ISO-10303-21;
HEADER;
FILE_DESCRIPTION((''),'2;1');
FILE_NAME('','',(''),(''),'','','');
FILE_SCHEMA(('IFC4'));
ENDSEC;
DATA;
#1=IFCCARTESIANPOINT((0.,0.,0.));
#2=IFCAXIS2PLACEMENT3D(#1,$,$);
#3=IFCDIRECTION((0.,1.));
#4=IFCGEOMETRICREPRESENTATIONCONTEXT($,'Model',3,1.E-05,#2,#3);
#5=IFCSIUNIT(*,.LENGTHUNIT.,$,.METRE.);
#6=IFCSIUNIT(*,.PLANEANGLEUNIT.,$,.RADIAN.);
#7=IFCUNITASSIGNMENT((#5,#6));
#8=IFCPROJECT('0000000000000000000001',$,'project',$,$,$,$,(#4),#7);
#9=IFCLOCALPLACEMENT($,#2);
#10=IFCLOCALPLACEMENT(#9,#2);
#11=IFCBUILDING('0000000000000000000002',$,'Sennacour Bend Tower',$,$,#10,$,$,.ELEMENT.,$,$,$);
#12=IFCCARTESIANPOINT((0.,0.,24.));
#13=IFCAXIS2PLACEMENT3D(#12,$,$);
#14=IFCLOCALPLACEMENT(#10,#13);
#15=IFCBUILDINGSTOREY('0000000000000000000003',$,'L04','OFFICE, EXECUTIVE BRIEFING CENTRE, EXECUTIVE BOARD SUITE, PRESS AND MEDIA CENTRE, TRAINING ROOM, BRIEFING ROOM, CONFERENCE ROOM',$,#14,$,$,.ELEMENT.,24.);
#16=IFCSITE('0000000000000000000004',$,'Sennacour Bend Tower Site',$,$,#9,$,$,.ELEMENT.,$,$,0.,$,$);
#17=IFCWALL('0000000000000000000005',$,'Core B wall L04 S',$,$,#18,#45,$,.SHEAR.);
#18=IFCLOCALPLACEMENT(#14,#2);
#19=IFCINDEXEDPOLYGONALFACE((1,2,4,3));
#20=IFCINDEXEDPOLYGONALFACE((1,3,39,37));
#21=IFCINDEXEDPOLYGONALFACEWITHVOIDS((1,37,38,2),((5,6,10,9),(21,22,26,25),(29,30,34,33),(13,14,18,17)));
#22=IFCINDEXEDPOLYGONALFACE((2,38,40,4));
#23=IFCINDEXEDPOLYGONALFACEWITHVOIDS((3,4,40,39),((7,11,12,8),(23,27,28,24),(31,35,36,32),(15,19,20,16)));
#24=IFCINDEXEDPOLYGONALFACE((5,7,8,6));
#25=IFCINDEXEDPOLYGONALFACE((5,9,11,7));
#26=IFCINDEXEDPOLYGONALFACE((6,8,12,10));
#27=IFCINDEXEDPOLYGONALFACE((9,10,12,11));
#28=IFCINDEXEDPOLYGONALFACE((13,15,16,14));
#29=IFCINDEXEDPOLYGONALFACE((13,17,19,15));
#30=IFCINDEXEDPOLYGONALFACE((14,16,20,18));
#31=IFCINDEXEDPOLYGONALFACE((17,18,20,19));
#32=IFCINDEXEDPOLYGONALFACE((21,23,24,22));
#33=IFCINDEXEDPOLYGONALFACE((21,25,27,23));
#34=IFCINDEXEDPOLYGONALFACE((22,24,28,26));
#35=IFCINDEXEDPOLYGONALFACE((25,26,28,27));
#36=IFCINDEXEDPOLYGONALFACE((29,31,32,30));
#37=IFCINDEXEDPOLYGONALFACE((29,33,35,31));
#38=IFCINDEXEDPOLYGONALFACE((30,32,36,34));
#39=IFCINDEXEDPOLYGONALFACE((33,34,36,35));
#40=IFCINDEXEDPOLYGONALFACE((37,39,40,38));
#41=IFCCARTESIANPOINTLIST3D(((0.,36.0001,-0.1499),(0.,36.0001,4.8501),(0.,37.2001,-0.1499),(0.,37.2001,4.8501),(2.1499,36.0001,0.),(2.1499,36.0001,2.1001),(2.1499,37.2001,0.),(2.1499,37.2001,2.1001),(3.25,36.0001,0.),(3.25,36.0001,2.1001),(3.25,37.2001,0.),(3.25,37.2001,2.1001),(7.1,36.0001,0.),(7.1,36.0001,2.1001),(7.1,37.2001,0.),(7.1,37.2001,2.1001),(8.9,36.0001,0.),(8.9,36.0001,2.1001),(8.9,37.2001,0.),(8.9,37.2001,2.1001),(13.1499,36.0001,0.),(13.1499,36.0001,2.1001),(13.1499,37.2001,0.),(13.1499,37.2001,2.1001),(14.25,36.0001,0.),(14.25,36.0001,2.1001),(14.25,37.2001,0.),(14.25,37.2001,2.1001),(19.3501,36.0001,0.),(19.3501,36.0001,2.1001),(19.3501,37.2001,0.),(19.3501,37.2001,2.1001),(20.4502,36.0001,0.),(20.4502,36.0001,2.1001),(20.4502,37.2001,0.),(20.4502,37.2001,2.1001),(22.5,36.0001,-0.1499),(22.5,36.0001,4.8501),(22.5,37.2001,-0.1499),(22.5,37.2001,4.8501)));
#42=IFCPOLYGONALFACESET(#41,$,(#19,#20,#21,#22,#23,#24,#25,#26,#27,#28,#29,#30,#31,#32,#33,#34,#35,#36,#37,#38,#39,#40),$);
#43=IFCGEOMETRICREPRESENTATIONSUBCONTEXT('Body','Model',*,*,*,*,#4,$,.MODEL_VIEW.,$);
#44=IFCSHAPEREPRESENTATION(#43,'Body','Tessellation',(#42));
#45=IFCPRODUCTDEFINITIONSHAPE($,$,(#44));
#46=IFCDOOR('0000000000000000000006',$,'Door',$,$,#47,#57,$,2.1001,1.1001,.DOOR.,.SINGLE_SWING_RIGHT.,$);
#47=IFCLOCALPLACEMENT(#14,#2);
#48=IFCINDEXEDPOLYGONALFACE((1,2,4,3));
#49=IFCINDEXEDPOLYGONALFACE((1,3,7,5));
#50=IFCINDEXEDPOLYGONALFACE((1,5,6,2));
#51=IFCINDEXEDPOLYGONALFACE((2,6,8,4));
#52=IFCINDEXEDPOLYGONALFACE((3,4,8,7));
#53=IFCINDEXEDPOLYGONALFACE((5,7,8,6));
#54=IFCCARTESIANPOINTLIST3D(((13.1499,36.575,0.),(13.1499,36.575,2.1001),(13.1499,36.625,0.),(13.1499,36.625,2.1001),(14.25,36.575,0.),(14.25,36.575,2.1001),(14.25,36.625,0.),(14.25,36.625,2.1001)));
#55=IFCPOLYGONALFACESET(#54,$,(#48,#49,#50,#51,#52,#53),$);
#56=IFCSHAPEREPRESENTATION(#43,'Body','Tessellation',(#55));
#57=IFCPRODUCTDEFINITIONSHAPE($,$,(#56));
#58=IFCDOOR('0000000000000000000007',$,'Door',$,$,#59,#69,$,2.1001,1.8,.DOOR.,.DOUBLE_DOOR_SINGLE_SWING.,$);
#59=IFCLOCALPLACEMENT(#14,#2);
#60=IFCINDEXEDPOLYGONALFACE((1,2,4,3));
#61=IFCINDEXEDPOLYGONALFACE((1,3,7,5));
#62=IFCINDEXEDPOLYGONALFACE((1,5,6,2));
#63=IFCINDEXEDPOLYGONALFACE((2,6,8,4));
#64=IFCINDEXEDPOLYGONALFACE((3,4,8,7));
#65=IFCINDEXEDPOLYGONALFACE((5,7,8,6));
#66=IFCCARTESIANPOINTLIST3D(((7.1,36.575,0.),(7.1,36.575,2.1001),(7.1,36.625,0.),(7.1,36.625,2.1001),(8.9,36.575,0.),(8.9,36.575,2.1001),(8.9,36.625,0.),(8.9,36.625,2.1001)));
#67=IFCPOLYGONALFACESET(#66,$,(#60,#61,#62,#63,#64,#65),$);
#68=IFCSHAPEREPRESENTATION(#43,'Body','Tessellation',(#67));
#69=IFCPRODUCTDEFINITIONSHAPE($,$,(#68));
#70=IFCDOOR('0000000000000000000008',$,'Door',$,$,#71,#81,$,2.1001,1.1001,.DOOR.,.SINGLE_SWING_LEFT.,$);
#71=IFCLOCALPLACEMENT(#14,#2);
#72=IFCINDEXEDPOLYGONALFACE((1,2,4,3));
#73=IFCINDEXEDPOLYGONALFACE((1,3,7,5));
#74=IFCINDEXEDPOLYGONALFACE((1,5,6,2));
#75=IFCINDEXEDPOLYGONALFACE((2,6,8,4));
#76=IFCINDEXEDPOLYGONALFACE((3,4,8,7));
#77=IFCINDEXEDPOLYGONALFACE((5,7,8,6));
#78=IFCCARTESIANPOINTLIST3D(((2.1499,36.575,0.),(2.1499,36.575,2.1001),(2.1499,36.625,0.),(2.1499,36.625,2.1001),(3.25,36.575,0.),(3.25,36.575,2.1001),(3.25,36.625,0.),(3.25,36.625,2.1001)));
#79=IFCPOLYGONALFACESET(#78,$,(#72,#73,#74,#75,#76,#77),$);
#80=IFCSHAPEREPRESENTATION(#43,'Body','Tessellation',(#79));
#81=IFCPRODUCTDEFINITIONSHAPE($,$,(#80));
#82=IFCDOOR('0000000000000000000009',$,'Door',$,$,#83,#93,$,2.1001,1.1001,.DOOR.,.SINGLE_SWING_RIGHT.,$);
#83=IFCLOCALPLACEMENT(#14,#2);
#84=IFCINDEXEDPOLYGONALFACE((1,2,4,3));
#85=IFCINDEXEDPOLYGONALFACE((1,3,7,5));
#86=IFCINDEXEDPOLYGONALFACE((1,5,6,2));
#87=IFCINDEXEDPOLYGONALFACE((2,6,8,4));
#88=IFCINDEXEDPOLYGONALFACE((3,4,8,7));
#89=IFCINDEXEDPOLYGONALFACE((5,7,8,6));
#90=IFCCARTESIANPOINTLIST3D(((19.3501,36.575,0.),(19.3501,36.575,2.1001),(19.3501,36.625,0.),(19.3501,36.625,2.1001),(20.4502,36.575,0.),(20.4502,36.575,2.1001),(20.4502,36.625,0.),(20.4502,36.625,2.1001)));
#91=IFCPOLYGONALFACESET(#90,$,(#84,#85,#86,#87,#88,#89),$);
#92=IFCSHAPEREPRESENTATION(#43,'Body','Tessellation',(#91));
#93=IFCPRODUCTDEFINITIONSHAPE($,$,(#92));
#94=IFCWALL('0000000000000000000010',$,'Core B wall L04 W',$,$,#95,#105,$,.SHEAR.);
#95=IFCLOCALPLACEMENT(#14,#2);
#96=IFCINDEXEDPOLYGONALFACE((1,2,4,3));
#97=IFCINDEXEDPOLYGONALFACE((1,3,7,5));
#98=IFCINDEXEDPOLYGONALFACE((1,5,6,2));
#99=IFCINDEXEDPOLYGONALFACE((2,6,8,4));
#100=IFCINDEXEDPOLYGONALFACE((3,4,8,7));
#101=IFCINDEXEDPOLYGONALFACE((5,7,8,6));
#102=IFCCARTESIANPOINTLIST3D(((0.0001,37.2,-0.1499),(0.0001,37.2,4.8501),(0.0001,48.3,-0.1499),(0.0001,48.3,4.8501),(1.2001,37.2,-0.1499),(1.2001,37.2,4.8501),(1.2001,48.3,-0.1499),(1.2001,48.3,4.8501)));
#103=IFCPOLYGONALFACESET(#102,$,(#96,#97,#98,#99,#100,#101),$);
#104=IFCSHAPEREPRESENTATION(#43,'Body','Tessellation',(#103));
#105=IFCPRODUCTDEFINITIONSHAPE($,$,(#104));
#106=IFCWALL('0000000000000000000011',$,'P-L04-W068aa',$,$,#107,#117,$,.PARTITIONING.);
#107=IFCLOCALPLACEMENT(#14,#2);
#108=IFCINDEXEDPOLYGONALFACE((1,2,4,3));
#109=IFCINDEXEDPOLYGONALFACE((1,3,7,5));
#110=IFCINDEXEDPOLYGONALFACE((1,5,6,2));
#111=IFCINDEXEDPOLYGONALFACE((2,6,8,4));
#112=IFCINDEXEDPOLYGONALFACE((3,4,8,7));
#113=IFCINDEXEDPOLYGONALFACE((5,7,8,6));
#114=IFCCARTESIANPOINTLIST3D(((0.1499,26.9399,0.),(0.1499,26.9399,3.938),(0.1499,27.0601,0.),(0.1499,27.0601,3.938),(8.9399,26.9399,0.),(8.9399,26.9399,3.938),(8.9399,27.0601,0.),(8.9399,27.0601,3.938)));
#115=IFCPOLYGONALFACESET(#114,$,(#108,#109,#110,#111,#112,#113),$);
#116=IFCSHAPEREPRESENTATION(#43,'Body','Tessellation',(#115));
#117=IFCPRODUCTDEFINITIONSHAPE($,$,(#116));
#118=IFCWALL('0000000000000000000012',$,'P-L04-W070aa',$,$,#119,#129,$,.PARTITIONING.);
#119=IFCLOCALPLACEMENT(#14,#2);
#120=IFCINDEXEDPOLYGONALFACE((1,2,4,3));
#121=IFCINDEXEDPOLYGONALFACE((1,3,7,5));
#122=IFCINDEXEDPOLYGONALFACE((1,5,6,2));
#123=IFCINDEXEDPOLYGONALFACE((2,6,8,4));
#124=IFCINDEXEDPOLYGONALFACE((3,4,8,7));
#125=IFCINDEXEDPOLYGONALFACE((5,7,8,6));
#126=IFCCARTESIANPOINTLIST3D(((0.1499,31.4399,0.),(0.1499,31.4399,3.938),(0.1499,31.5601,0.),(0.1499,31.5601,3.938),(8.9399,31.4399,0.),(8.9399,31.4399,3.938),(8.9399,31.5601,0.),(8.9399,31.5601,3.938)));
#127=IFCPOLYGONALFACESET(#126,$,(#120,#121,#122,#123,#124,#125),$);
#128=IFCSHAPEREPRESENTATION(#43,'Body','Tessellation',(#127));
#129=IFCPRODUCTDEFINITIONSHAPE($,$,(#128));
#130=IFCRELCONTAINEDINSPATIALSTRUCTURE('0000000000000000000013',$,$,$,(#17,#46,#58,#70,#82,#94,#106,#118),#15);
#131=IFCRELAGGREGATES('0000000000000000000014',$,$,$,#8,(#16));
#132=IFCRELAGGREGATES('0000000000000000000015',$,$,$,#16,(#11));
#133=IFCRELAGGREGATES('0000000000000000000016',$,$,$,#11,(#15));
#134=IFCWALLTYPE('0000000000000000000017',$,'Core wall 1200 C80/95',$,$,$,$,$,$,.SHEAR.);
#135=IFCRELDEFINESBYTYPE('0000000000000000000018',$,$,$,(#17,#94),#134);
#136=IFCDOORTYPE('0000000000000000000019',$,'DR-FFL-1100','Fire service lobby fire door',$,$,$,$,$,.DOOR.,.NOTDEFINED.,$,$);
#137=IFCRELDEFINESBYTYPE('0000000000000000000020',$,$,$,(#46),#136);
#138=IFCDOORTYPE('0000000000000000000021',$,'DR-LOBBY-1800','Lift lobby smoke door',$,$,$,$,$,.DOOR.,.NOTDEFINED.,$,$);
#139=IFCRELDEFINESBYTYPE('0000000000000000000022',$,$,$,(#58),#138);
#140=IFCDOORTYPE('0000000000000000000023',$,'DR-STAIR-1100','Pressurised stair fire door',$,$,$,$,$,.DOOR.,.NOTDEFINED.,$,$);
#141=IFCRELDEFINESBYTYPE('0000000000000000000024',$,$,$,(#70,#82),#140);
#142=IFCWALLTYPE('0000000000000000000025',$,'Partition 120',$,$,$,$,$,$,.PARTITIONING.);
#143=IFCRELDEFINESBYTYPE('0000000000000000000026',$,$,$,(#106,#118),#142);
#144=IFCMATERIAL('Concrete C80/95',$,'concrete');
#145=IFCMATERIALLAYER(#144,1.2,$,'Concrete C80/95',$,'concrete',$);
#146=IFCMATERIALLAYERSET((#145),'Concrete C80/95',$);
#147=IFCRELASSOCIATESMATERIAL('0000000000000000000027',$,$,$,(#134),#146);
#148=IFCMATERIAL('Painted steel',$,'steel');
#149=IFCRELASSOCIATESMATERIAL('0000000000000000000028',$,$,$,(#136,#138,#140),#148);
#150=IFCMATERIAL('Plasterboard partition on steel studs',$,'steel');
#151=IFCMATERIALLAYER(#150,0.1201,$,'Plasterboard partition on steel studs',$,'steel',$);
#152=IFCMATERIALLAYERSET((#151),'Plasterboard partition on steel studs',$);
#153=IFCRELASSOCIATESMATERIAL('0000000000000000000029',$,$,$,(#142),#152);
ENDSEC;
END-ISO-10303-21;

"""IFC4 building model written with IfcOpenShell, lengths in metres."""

from ifc_helpers import new_model, si_unit, direction, frame, frame_2d, origin, place, context, subcontext, project, spatial, rectangle, extrude, material, layer, layer_set, type_object, element, fill, save


model = new_model("IFC4")

# Units and contexts
model_context = context("Model", 3, precision=1e-05, world=origin(), true_north=direction((0.0, 1.0)))
body_context = subcontext(model_context, "Body", "Model", "MODEL_VIEW")
ifc_project = project(units=[si_unit("LENGTHUNIT", "METRE"), si_unit("PLANEANGLEUNIT", "RADIAN")], contexts=[model_context])

# Site, building, storey
site_placement = place(None, origin())
site = spatial("IfcSite", under=ifc_project, at=site_placement, Name="Sennacour Bend Tower Site", CompositionType="ELEMENT", RefElevation=0.0)
building_placement = place(site_placement, origin())
building = spatial("IfcBuilding", under=site, at=building_placement, Name="Sennacour Bend Tower", CompositionType="ELEMENT")
storey_placement = place(building_placement, frame((0.0, 0.0, 24.0)))
storey = spatial("IfcBuildingStorey", under=building, at=storey_placement, Name="L04", Description="OFFICE, EXECUTIVE BRIEFING CENTRE, EXECUTIVE BOARD SUITE, PRESS AND MEDIA CENTRE, TRAINING ROOM, BRIEFING ROOM, CONFERENCE ROOM", CompositionType="ELEMENT", Elevation=24.0)

# Wall, openings, doors
ifc_material_1 = material(Name="Concrete C80/95", Category="concrete")
ifc_layer_1 = layer(ifc_material_1, 1.2, Name="Concrete C80/95", Category="concrete")
ifc_layer_set_1 = layer_set([ifc_layer_1], Name="Concrete C80/95")
wall_type_1 = type_object("IfcWallType", Name="Core wall 1200 C80/95", PredefinedType="SHEAR", material=ifc_layer_set_1)
wall_1_placement = place(storey_placement, frame((0.0, 36.6001, -0.1499), z_axis=(0.0, 0.0, 1.0), x_axis=(1.0, 0.0, 0.0)))
wall_1 = element("IfcWall", 1, at=wall_1_placement, inside=storey, type_object=wall_type_1, Name="Core B wall L04 S", PredefinedType="SHEAR", context=body_context, shape_type="SweptSolid", body=[
    extrude(rectangle(XDim=22.5, YDim=1.2, at=frame_2d((11.25, 0.0))), origin(), (0.0, 0.0, 1.0), 5.0),
])
opening_1_placement = place(wall_1_placement, frame((7.1001, 0.0, 0.1499)))
opening_1 = element("IfcOpeningElement", 2, at=opening_1_placement, cuts=wall_1, PredefinedType="OPENING", context=body_context, shape_type="SweptSolid", body=[
    extrude(rectangle(XDim=1.8, YDim=2.1001, at=frame_2d((0.8999, 1.05))), frame((0.0, 0.6099, 0.0), z_axis=(0.0, -1.0, 0.0), x_axis=(1.0, 0.0, 0.0)), (0.0, 0.0, 1.0), 1.22),
])
opening_2_placement = place(wall_1_placement, frame((13.1499, 0.0, 0.1499)))
opening_2 = element("IfcOpeningElement", 3, at=opening_2_placement, cuts=wall_1, PredefinedType="OPENING", context=body_context, shape_type="SweptSolid", body=[
    extrude(rectangle(XDim=1.1001, YDim=2.1001, at=frame_2d((0.55, 1.05))), frame((0.0, 0.6099, 0.0), z_axis=(0.0, -1.0, 0.0), x_axis=(1.0, 0.0, 0.0)), (0.0, 0.0, 1.0), 1.22),
])
opening_3_placement = place(wall_1_placement, frame((2.1499, 0.0, 0.1499)))
opening_3 = element("IfcOpeningElement", 4, at=opening_3_placement, cuts=wall_1, PredefinedType="OPENING", context=body_context, shape_type="SweptSolid", body=[
    extrude(rectangle(XDim=1.1001, YDim=2.1001, at=frame_2d((0.55, 1.05))), frame((0.0, 0.6099, 0.0), z_axis=(0.0, -1.0, 0.0), x_axis=(1.0, 0.0, 0.0)), (0.0, 0.0, 1.0), 1.22),
])
opening_4_placement = place(wall_1_placement, frame((19.3501, 0.0, 0.1499)))
opening_4 = element("IfcOpeningElement", 5, at=opening_4_placement, cuts=wall_1, PredefinedType="OPENING", context=body_context, shape_type="SweptSolid", body=[
    extrude(rectangle(XDim=1.1001, YDim=2.1001, at=frame_2d((0.55, 1.05))), frame((0.0, 0.6099, 0.0), z_axis=(0.0, -1.0, 0.0), x_axis=(1.0, 0.0, 0.0)), (0.0, 0.0, 1.0), 1.22),
])
ifc_material_2 = material(Name="Painted steel", Category="steel")
door_type_1 = type_object("IfcDoorType", Name="DR-FFL-1100", Description="Fire service lobby fire door", OperationType="NOTDEFINED", PredefinedType="DOOR", material=ifc_material_2)
door_1_placement = place(opening_2_placement, origin())
door_1 = element("IfcDoor", 6, at=door_1_placement, inside=storey, type_object=door_type_1, Name="Door", OperationType="SINGLE_SWING_RIGHT", OverallHeight=2.1001, OverallWidth=1.1001, PredefinedType="DOOR", context=body_context, shape_type="SweptSolid", body=[
    extrude(rectangle(XDim=1.1001, YDim=2.1001, at=frame_2d((0.55, 1.05))), frame((0.0, 0.0249, 0.0), z_axis=(0.0, -1.0, 0.0), x_axis=(1.0, 0.0, 0.0)), (0.0, 0.0, 1.0), 0.05),
])
fill(opening_2, door_1)
door_type_2 = type_object("IfcDoorType", Name="DR-LOBBY-1800", Description="Lift lobby smoke door", OperationType="NOTDEFINED", PredefinedType="DOOR", material=ifc_material_2)
door_2_placement = place(opening_1_placement, origin())
door_2 = element("IfcDoor", 7, at=door_2_placement, inside=storey, type_object=door_type_2, Name="Door", OperationType="DOUBLE_DOOR_SINGLE_SWING", OverallHeight=2.1001, OverallWidth=1.8, PredefinedType="DOOR", context=body_context, shape_type="SweptSolid", body=[
    extrude(rectangle(XDim=1.8, YDim=2.1001, at=frame_2d((0.8999, 1.05))), frame((0.0, 0.0249, 0.0), z_axis=(0.0, -1.0, 0.0), x_axis=(1.0, 0.0, 0.0)), (0.0, 0.0, 1.0), 0.05),
])
fill(opening_1, door_2)
door_type_3 = type_object("IfcDoorType", Name="DR-STAIR-1100", Description="Pressurised stair fire door", OperationType="NOTDEFINED", PredefinedType="DOOR", material=ifc_material_2)
door_3_placement = place(opening_3_placement, origin())
door_3 = element("IfcDoor", 8, at=door_3_placement, inside=storey, type_object=door_type_3, Name="Door", OperationType="SINGLE_SWING_LEFT", OverallHeight=2.1001, OverallWidth=1.1001, PredefinedType="DOOR", context=body_context, shape_type="SweptSolid", body=[
    extrude(rectangle(XDim=1.1001, YDim=2.1001, at=frame_2d((0.55, 1.05))), frame((0.0, 0.0249, 0.0), z_axis=(0.0, -1.0, 0.0), x_axis=(1.0, 0.0, 0.0)), (0.0, 0.0, 1.0), 0.05),
])
fill(opening_3, door_3)
door_4_placement = place(opening_4_placement, origin())
door_4 = element("IfcDoor", 9, at=door_4_placement, inside=storey, type_object=door_type_3, Name="Door", OperationType="SINGLE_SWING_RIGHT", OverallHeight=2.1001, OverallWidth=1.1001, PredefinedType="DOOR", context=body_context, shape_type="SweptSolid", body=[
    extrude(rectangle(XDim=1.1001, YDim=2.1001, at=frame_2d((0.55, 1.05))), frame((0.0, 0.0249, 0.0), z_axis=(0.0, -1.0, 0.0), x_axis=(1.0, 0.0, 0.0)), (0.0, 0.0, 1.0), 0.05),
])
fill(opening_4, door_4)

# Walls
wall_2_placement = place(storey_placement, frame((0.6001, 37.2, -0.1499), z_axis=(0.0, 0.0, 1.0), x_axis=(0.0, 1.0, 0.0)))
element("IfcWall", 10, at=wall_2_placement, inside=storey, type_object=wall_type_1, Name="Core B wall L04 W", PredefinedType="SHEAR", context=body_context, shape_type="SweptSolid", body=[
    extrude(rectangle(XDim=11.1001, YDim=1.2, at=frame_2d((5.55, 0.0))), origin(), (0.0, 0.0, 1.0), 5.0),
])
ifc_material_3 = material(Name="Plasterboard partition on steel studs", Category="steel")
ifc_layer_2 = layer(ifc_material_3, 0.1201, Name="Plasterboard partition on steel studs", Category="steel")
ifc_layer_set_2 = layer_set([ifc_layer_2], Name="Plasterboard partition on steel studs")
wall_type_2 = type_object("IfcWallType", Name="Partition 120", PredefinedType="PARTITIONING", material=ifc_layer_set_2)
for number, where, z_axis, x_axis, name in (
    (11, (0.1499, 27.0, 0.0), (0.0, 0.0, 1.0), (1.0, 0.0, 0.0), "P-L04-W068aa"),
    (12, (0.1499, 31.5, 0.0), (0.0, 0.0, 1.0), (1.0, 0.0, 0.0), "P-L04-W070aa"),
):
    element("IfcWall", number, at=place(storey_placement, frame(where, z_axis=z_axis, x_axis=x_axis)), inside=storey, type_object=wall_type_2, Name=name, PredefinedType="PARTITIONING", context=body_context, shape_type="SweptSolid", body=[
        extrude(rectangle(XDim=8.79, YDim=0.1201, at=frame_2d((4.395, 0.0))), origin(), (0.0, 0.0, 1.0), 3.938),
    ])

save(model, "model.ifc")
